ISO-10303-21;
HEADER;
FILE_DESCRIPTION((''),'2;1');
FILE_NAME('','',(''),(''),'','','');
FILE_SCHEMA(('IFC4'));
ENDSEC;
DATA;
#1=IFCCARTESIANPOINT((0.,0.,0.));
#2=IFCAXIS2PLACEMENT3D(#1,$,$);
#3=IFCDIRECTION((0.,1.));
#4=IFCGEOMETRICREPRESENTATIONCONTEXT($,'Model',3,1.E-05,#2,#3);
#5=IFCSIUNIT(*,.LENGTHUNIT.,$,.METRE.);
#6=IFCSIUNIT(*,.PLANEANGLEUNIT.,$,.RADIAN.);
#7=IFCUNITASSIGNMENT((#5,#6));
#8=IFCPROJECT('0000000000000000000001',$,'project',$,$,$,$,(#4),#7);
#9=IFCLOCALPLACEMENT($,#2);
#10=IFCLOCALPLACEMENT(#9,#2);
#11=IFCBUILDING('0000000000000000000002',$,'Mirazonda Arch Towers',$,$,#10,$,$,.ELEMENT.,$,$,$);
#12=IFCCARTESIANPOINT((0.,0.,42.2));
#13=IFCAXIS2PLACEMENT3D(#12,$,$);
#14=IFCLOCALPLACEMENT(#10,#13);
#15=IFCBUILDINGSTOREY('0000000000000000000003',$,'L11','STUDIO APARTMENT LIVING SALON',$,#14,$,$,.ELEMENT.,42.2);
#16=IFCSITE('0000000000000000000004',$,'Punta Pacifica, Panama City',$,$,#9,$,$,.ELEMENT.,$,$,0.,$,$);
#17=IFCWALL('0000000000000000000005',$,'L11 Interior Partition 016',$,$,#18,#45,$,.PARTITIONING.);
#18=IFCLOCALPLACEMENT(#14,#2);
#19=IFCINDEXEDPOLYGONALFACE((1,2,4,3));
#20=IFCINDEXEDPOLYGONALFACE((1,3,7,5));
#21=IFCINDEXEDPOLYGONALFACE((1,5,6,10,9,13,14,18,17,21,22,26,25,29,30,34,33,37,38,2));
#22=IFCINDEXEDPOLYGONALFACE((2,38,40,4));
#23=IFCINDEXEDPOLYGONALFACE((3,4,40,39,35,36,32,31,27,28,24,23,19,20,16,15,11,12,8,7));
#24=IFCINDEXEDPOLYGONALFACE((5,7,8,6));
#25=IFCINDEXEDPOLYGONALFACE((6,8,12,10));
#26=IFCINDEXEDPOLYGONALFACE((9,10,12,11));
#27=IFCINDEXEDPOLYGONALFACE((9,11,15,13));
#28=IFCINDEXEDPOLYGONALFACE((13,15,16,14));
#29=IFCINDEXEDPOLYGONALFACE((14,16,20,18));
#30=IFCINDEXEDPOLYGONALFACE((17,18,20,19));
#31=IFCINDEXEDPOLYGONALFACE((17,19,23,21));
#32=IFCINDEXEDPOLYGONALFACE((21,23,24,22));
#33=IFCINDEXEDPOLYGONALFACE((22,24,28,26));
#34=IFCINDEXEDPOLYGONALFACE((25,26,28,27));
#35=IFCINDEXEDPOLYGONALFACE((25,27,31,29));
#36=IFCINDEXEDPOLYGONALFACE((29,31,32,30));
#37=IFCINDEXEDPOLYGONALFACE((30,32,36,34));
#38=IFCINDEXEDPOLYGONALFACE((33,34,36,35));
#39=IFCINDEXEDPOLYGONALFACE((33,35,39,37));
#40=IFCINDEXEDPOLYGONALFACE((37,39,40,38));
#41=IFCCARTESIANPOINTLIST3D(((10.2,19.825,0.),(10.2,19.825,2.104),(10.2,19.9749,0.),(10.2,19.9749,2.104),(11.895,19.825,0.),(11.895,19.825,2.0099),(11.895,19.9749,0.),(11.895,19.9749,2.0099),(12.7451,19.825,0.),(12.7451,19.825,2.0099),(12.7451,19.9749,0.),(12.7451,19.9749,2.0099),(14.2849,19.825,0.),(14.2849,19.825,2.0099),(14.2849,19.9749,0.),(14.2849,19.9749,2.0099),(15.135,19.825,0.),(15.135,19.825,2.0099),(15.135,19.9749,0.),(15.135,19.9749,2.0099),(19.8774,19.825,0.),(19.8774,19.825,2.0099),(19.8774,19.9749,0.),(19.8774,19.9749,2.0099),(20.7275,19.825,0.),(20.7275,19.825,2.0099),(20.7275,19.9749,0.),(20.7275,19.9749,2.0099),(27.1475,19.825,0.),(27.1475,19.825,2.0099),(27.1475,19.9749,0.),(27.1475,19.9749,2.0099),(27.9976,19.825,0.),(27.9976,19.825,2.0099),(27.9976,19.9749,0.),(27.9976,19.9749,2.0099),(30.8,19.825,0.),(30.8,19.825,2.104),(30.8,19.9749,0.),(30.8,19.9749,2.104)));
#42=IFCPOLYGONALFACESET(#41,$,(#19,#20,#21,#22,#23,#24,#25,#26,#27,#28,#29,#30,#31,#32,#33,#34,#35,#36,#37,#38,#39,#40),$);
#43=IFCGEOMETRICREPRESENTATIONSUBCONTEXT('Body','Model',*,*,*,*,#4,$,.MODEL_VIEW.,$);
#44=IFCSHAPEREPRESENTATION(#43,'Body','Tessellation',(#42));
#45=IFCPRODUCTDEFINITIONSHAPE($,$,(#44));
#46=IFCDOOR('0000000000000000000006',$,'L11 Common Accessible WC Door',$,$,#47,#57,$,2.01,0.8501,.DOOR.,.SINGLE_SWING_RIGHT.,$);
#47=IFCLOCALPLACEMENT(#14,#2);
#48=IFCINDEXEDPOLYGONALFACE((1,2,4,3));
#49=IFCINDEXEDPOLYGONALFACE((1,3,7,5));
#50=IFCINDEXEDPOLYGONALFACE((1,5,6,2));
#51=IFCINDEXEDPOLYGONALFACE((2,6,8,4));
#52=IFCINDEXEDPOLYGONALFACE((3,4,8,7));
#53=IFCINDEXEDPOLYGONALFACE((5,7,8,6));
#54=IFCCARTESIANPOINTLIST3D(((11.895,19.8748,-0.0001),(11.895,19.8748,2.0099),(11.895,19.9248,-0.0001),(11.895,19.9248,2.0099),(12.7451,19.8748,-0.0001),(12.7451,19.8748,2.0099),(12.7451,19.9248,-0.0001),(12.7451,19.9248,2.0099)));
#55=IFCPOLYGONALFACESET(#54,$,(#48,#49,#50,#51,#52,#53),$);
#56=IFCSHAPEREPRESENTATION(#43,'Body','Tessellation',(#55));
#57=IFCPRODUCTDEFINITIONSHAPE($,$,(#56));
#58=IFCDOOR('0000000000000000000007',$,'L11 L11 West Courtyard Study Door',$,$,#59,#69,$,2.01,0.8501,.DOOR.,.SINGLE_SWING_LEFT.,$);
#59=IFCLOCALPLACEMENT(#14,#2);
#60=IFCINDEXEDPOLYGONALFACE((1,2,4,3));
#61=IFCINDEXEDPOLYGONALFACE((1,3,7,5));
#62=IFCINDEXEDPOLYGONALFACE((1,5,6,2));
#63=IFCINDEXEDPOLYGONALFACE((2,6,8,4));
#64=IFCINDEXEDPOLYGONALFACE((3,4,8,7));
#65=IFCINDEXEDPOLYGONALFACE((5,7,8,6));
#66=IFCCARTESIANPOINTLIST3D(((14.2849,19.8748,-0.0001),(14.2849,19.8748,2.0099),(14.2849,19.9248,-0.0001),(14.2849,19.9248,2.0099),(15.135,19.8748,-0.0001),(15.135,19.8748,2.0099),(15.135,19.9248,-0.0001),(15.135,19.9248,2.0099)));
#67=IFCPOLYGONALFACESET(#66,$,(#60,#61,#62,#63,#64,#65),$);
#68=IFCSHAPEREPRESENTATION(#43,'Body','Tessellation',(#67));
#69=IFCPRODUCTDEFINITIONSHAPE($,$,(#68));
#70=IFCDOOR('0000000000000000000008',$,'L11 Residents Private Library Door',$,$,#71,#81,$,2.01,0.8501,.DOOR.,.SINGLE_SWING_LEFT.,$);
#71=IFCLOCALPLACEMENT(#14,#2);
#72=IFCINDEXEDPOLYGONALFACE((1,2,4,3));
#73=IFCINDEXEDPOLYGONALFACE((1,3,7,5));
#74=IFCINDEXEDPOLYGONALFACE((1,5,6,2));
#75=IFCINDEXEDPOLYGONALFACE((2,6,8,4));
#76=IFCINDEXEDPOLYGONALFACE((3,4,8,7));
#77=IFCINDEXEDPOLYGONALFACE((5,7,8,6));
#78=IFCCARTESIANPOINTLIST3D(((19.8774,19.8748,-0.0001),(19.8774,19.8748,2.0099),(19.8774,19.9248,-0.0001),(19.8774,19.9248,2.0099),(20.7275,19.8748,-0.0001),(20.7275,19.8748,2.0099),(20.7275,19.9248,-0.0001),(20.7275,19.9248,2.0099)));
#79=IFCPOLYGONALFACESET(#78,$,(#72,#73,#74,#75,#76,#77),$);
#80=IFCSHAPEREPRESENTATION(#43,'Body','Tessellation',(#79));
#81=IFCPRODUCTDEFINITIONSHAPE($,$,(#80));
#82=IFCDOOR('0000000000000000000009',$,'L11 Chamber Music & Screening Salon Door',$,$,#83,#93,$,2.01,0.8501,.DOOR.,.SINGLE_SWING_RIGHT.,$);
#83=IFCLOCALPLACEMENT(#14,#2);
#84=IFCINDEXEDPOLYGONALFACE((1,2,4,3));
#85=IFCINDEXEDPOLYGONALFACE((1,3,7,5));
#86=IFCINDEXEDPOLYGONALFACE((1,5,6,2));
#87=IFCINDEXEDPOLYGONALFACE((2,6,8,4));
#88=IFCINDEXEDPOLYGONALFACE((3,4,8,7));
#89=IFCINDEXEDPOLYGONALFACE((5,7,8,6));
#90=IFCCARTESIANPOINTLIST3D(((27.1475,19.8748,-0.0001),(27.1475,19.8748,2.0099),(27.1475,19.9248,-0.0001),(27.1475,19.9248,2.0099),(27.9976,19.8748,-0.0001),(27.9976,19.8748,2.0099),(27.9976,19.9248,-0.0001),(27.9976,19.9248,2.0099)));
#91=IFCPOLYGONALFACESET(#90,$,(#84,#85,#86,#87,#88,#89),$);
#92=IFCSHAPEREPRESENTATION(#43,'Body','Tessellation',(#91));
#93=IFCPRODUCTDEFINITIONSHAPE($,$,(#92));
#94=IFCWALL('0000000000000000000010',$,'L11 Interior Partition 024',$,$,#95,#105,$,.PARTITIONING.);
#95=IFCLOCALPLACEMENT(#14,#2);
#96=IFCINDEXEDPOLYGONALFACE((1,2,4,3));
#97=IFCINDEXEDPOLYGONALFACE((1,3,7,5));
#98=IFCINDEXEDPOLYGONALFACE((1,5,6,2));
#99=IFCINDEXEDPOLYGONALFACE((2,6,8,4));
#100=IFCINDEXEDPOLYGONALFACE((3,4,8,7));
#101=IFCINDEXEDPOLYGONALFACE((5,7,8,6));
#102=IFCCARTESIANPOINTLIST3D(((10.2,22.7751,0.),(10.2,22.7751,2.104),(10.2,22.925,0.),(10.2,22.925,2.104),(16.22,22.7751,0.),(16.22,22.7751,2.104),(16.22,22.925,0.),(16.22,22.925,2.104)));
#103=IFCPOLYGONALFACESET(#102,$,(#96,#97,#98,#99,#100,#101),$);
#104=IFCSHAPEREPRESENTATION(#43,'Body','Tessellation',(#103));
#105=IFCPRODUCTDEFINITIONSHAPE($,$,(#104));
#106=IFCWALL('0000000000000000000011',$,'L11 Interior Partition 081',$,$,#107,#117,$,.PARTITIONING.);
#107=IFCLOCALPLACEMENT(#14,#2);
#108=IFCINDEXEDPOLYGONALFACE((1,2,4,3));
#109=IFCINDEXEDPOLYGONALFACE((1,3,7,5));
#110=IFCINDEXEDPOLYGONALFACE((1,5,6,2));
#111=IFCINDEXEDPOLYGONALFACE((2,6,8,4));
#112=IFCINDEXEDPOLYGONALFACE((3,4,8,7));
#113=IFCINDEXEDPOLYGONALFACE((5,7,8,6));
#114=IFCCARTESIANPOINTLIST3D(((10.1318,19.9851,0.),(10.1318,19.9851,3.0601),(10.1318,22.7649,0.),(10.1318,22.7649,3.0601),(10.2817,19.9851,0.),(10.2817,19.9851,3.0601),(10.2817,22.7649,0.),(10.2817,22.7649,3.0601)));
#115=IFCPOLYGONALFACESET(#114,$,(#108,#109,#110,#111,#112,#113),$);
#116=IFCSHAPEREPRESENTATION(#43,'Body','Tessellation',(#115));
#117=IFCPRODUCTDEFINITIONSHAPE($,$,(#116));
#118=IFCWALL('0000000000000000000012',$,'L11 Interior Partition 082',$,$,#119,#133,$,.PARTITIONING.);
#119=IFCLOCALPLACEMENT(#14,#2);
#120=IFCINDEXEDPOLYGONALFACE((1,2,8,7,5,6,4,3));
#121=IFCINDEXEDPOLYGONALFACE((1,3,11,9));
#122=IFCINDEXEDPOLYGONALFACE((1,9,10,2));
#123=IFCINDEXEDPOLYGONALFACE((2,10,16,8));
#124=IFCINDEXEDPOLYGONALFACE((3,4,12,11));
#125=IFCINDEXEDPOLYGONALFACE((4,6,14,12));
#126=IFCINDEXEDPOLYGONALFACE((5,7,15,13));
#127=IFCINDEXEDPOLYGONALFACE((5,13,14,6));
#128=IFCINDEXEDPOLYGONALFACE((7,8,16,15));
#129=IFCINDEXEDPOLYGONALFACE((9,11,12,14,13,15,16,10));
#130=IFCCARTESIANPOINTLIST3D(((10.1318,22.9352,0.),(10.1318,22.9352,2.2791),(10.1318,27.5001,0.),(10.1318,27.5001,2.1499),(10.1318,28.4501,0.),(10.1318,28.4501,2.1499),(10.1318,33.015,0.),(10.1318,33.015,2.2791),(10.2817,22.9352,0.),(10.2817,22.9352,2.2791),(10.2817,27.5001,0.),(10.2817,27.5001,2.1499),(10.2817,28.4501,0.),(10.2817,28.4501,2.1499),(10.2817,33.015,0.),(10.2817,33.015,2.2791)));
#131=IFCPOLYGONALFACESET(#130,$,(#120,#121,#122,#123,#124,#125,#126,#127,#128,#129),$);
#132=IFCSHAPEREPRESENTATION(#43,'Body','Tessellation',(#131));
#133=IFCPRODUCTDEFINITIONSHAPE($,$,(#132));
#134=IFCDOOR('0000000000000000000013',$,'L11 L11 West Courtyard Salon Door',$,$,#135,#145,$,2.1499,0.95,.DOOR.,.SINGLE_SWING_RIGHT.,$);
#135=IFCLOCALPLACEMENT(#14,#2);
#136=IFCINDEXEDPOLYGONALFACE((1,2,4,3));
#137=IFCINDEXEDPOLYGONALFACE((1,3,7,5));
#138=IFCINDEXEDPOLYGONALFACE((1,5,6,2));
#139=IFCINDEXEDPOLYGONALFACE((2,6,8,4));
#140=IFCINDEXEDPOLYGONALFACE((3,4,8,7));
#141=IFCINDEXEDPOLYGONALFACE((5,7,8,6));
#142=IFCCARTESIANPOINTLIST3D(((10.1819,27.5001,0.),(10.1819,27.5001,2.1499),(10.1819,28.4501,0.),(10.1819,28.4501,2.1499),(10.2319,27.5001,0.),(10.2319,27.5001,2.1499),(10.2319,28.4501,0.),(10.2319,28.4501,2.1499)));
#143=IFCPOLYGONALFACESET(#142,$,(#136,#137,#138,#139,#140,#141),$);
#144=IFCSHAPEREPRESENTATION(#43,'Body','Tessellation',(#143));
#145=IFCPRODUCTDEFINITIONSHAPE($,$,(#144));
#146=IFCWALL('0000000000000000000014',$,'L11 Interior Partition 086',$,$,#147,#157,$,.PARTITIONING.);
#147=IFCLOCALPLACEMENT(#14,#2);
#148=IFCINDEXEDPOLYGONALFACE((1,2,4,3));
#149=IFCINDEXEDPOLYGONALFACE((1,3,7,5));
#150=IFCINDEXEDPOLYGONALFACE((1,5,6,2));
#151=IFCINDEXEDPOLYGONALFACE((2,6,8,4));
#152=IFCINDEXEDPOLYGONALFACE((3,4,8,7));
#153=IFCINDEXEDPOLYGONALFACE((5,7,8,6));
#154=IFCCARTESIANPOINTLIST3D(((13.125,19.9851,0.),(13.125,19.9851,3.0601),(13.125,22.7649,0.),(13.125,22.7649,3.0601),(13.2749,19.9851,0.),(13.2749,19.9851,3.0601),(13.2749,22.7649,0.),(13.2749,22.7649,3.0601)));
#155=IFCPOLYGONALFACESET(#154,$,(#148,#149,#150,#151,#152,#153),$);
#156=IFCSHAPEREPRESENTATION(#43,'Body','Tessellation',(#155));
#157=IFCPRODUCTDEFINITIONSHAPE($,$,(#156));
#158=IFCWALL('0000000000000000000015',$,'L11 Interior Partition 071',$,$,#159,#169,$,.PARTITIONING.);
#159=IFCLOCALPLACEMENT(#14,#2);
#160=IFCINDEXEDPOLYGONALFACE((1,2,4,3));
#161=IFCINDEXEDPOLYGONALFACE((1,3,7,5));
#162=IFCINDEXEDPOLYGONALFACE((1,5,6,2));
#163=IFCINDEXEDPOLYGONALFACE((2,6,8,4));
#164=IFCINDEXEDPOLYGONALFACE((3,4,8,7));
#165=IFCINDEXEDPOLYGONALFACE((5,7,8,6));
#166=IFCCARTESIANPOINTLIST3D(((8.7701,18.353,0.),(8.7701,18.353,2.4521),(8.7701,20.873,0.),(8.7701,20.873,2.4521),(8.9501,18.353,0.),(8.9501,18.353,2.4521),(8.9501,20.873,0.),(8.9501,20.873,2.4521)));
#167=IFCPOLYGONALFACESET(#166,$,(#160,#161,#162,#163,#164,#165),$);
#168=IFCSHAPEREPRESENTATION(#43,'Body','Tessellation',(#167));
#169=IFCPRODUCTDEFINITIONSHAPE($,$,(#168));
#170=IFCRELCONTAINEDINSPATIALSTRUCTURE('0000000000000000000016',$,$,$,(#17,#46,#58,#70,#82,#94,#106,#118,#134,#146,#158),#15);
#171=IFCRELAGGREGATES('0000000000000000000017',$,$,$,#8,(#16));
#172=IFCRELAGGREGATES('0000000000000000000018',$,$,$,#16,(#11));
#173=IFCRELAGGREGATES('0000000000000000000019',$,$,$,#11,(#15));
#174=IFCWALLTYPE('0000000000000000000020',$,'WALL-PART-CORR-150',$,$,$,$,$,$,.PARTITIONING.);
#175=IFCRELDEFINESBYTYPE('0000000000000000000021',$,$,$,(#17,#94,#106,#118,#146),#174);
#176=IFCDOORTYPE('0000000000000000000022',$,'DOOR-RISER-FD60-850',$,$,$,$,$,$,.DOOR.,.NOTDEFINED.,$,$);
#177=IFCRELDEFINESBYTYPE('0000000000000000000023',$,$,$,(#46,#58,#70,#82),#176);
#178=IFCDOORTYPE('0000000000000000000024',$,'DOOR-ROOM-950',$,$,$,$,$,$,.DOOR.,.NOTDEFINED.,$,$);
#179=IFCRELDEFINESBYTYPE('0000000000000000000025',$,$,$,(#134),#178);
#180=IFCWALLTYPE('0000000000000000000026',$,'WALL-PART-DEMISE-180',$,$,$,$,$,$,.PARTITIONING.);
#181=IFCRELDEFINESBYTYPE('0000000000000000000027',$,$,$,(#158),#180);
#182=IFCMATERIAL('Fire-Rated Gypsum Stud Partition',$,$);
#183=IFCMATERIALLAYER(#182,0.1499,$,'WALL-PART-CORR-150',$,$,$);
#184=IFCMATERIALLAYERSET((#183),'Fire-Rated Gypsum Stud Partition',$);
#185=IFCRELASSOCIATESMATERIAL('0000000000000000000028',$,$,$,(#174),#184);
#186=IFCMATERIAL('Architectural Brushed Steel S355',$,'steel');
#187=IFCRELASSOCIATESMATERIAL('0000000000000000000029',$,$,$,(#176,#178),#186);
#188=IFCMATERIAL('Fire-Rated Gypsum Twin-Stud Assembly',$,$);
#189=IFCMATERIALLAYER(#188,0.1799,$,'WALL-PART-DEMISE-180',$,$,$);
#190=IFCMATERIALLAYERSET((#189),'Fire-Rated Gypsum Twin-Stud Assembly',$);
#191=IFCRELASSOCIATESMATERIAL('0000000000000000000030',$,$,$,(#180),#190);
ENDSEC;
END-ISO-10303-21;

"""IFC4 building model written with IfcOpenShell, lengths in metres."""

from ifc_helpers import new_model, si_unit, direction, frame, frame_2d, origin, place, context, subcontext, project, spatial, rectangle, extrude, material, layer, layer_set, type_object, element, fill, save


model = new_model("IFC4")

# Units and contexts
model_context = context("Model", 3, precision=1e-05, world=origin(), true_north=direction((0.0, 1.0)))
body_context = subcontext(model_context, "Body", "Model", "MODEL_VIEW")
ifc_project = project(units=[si_unit("LENGTHUNIT", "METRE"), si_unit("PLANEANGLEUNIT", "RADIAN")], contexts=[model_context])

# Site, building, storey
site_placement = place(None, origin())
site = spatial("IfcSite", under=ifc_project, at=site_placement, Name="Punta Pacifica, Panama City", CompositionType="ELEMENT", RefElevation=0.0)
building_placement = place(site_placement, origin())
building = spatial("IfcBuilding", under=site, at=building_placement, Name="Mirazonda Arch Towers", CompositionType="ELEMENT")
storey_placement = place(building_placement, frame((0.0, 0.0, 42.2)))
storey = spatial("IfcBuildingStorey", under=building, at=storey_placement, Name="L11", Description="STUDIO APARTMENT LIVING SALON", CompositionType="ELEMENT", Elevation=42.2)

# Shared definitions
ifc_material_1 = material(Name="Architectural Brushed Steel S355", Category="steel")

# Shared definitions
ifc_material_2 = material(Name="Fire-Rated Gypsum Stud Partition")
ifc_layer_1 = layer(ifc_material_2, 0.1499, Name="WALL-PART-CORR-150")
ifc_layer_set_1 = layer_set([ifc_layer_1], Name="Fire-Rated Gypsum Stud Partition")
wall_type_1 = type_object("IfcWallType", Name="WALL-PART-CORR-150", PredefinedType="PARTITIONING", material=ifc_layer_set_1)

# Wall, openings, doors
wall_1_placement = place(storey_placement, frame((10.2, 19.8999, 0.0), z_axis=(0.0, 0.0, 1.0), x_axis=(1.0, 0.0, 0.0)))
wall_1 = element("IfcWall", 1, at=wall_1_placement, inside=storey, type_object=wall_type_1, Name="L11 Interior Partition 016", PredefinedType="PARTITIONING", context=body_context, shape_type="SweptSolid", body=[
    extrude(rectangle(XDim=20.6001, YDim=0.1499, at=frame_2d((10.3, 0.0))), origin(), (0.0, 0.0, 1.0), 2.104),
])
opening_1_placement = place(wall_1_placement, frame((1.6951, 0.0, 0.0)))
opening_1 = element("IfcOpeningElement", 2, at=opening_1_placement, cuts=wall_1, PredefinedType="OPENING", context=body_context, shape_type="SweptSolid", body=[
    extrude(rectangle(XDim=0.8501, YDim=2.01, at=frame_2d((0.425, 1.0049))), frame((0.0, 0.085, 0.0), z_axis=(0.0, -1.0, 0.0), x_axis=(1.0, 0.0, 0.0)), (0.0, 0.0, 1.0), 0.1699),
])
opening_2_placement = place(wall_1_placement, frame((4.085, 0.0, 0.0)))
opening_2 = element("IfcOpeningElement", 3, at=opening_2_placement, cuts=wall_1, PredefinedType="OPENING", context=body_context, shape_type="SweptSolid", body=[
    extrude(rectangle(XDim=0.8501, YDim=2.01, at=frame_2d((0.425, 1.0049))), frame((0.0, 0.085, 0.0), z_axis=(0.0, -1.0, 0.0), x_axis=(1.0, 0.0, 0.0)), (0.0, 0.0, 1.0), 0.1699),
])
opening_3_placement = place(wall_1_placement, frame((9.6775, 0.0, 0.0)))
opening_3 = element("IfcOpeningElement", 4, at=opening_3_placement, cuts=wall_1, PredefinedType="OPENING", context=body_context, shape_type="SweptSolid", body=[
    extrude(rectangle(XDim=0.8501, YDim=2.01, at=frame_2d((0.425, 1.0049))), frame((0.0, 0.085, 0.0), z_axis=(0.0, -1.0, 0.0), x_axis=(1.0, 0.0, 0.0)), (0.0, 0.0, 1.0), 0.1699),
])
opening_4_placement = place(wall_1_placement, frame((16.9475, 0.0, 0.0)))
opening_4 = element("IfcOpeningElement", 5, at=opening_4_placement, cuts=wall_1, PredefinedType="OPENING", context=body_context, shape_type="SweptSolid", body=[
    extrude(rectangle(XDim=0.8501, YDim=2.01, at=frame_2d((0.425, 1.0049))), frame((0.0, 0.085, 0.0), z_axis=(0.0, -1.0, 0.0), x_axis=(1.0, 0.0, 0.0)), (0.0, 0.0, 1.0), 0.1699),
])
door_type_1 = type_object("IfcDoorType", Name="DOOR-RISER-FD60-850", OperationType="NOTDEFINED", PredefinedType="DOOR", material=ifc_material_1)
door_1_placement = place(opening_1_placement, origin())
door_1 = element("IfcDoor", 6, at=door_1_placement, inside=storey, type_object=door_type_1, Name="L11 Common Accessible WC Door", OperationType="SINGLE_SWING_RIGHT", OverallHeight=2.01, OverallWidth=0.8501, PredefinedType="DOOR", context=body_context, shape_type="SweptSolid", body=[
    extrude(rectangle(XDim=0.8501, YDim=2.01, at=frame_2d((0.425, 1.0049))), frame((0.0, 0.0249, 0.0), z_axis=(0.0, -1.0, 0.0), x_axis=(1.0, 0.0, 0.0)), (0.0, 0.0, 1.0), 0.05),
])
fill(opening_1, door_1)
door_2_placement = place(opening_2_placement, origin())
door_2 = element("IfcDoor", 7, at=door_2_placement, inside=storey, type_object=door_type_1, Name="L11 L11 West Courtyard Study Door", OperationType="SINGLE_SWING_LEFT", OverallHeight=2.01, OverallWidth=0.8501, PredefinedType="DOOR", context=body_context, shape_type="SweptSolid", body=[
    extrude(rectangle(XDim=0.8501, YDim=2.01, at=frame_2d((0.425, 1.0049))), frame((0.0, 0.0249, 0.0), z_axis=(0.0, -1.0, 0.0), x_axis=(1.0, 0.0, 0.0)), (0.0, 0.0, 1.0), 0.05),
])
fill(opening_2, door_2)
door_3_placement = place(opening_3_placement, origin())
door_3 = element("IfcDoor", 8, at=door_3_placement, inside=storey, type_object=door_type_1, Name="L11 Residents Private Library Door", OperationType="SINGLE_SWING_LEFT", OverallHeight=2.01, OverallWidth=0.8501, PredefinedType="DOOR", context=body_context, shape_type="SweptSolid", body=[
    extrude(rectangle(XDim=0.8501, YDim=2.01, at=frame_2d((0.425, 1.0049))), frame((0.0, 0.0249, 0.0), z_axis=(0.0, -1.0, 0.0), x_axis=(1.0, 0.0, 0.0)), (0.0, 0.0, 1.0), 0.05),
])
fill(opening_3, door_3)
door_4_placement = place(opening_4_placement, origin())
door_4 = element("IfcDoor", 9, at=door_4_placement, inside=storey, type_object=door_type_1, Name="L11 Chamber Music & Screening Salon Door", OperationType="SINGLE_SWING_RIGHT", OverallHeight=2.01, OverallWidth=0.8501, PredefinedType="DOOR", context=body_context, shape_type="SweptSolid", body=[
    extrude(rectangle(XDim=0.8501, YDim=2.01, at=frame_2d((0.425, 1.0049))), frame((0.0, 0.0249, 0.0), z_axis=(0.0, -1.0, 0.0), x_axis=(1.0, 0.0, 0.0)), (0.0, 0.0, 1.0), 0.05),
])
fill(opening_4, door_4)

# Walls
wall_2_placement = place(storey_placement, frame((10.2, 22.8501, 0.0), z_axis=(0.0, 0.0, 1.0), x_axis=(1.0, 0.0, 0.0)))
element("IfcWall", 10, at=wall_2_placement, inside=storey, type_object=wall_type_1, Name="L11 Interior Partition 024", PredefinedType="PARTITIONING", context=body_context, shape_type="SweptSolid", body=[
    extrude(rectangle(XDim=6.02, YDim=0.1499, at=frame_2d((3.01, 0.0))), origin(), (0.0, 0.0, 1.0), 2.104),
])
wall_3_placement = place(storey_placement, frame((10.2068, 19.9851, 0.0), z_axis=(0.0, 0.0, 1.0), x_axis=(0.0, 1.0, 0.0)))
element("IfcWall", 11, at=wall_3_placement, inside=storey, type_object=wall_type_1, Name="L11 Interior Partition 081", PredefinedType="PARTITIONING", context=body_context, shape_type="SweptSolid", body=[
    extrude(rectangle(XDim=2.7798, YDim=0.1499, at=frame_2d((1.3899, 0.0))), origin(), (0.0, 0.0, 1.0), 3.0601),
])

# Wall, opening, door
wall_4_placement = place(storey_placement, frame((10.2068, 22.9351, 0.0), z_axis=(0.0, 0.0, 1.0), x_axis=(0.0, 1.0, 0.0)))
wall_4 = element("IfcWall", 12, at=wall_4_placement, inside=storey, type_object=wall_type_1, Name="L11 Interior Partition 082", PredefinedType="PARTITIONING", context=body_context, shape_type="SweptSolid", body=[
    extrude(rectangle(XDim=10.0798, YDim=0.1499, at=frame_2d((5.04, 0.0))), origin(), (0.0, 0.0, 1.0), 2.2791),
])
opening_5_placement = place(wall_4_placement, frame((4.5649, 0.0, 0.0)))
opening_5 = element("IfcOpeningElement", 13, at=opening_5_placement, cuts=wall_4, PredefinedType="OPENING", context=body_context, shape_type="SweptSolid", body=[
    extrude(rectangle(XDim=0.95, YDim=2.1499, at=frame_2d((0.4751, 1.075))), frame((0.0, 0.085, 0.0), z_axis=(0.0, -1.0, 0.0), x_axis=(1.0, 0.0, 0.0)), (0.0, 0.0, 1.0), 0.1699),
])
door_type_2 = type_object("IfcDoorType", Name="DOOR-ROOM-950", OperationType="NOTDEFINED", PredefinedType="DOOR", material=ifc_material_1)
door_5_placement = place(opening_5_placement, origin())
door_5 = element("IfcDoor", 14, at=door_5_placement, inside=storey, type_object=door_type_2, Name="L11 L11 West Courtyard Salon Door", OperationType="SINGLE_SWING_RIGHT", OverallHeight=2.1499, OverallWidth=0.95, PredefinedType="DOOR", context=body_context, shape_type="SweptSolid", body=[
    extrude(rectangle(XDim=0.95, YDim=2.1499, at=frame_2d((0.4751, 1.075))), frame((0.0, 0.0249, 0.0), z_axis=(0.0, -1.0, 0.0), x_axis=(1.0, 0.0, 0.0)), (0.0, 0.0, 1.0), 0.05),
])
fill(opening_5, door_5)

# Walls
wall_5_placement = place(storey_placement, frame((13.2, 19.9851, 0.0), z_axis=(0.0, 0.0, 1.0), x_axis=(0.0, 1.0, 0.0)))
element("IfcWall", 15, at=wall_5_placement, inside=storey, type_object=wall_type_1, Name="L11 Interior Partition 086", PredefinedType="PARTITIONING", context=body_context, shape_type="SweptSolid", body=[
    extrude(rectangle(XDim=2.7798, YDim=0.1499, at=frame_2d((1.3899, 0.0))), origin(), (0.0, 0.0, 1.0), 3.0601),
])
ifc_material_3 = material(Name="Fire-Rated Gypsum Twin-Stud Assembly")
ifc_layer_2 = layer(ifc_material_3, 0.1799, Name="WALL-PART-DEMISE-180")
ifc_layer_set_2 = layer_set([ifc_layer_2], Name="Fire-Rated Gypsum Twin-Stud Assembly")
wall_type_2 = type_object("IfcWallType", Name="WALL-PART-DEMISE-180", PredefinedType="PARTITIONING", material=ifc_layer_set_2)
wall_6_placement = place(storey_placement, frame((8.8601, 18.353, 0.0), z_axis=(0.0, 0.0, 1.0), x_axis=(0.0, 1.0, 0.0)))
element("IfcWall", 16, at=wall_6_placement, inside=storey, type_object=wall_type_2, Name="L11 Interior Partition 071", PredefinedType="PARTITIONING", context=body_context, shape_type="SweptSolid", body=[
    extrude(rectangle(XDim=2.52, YDim=0.1799, at=frame_2d((1.26, 0.0))), origin(), (0.0, 0.0, 1.0), 2.4521),
])

save(model, "model.ifc")
